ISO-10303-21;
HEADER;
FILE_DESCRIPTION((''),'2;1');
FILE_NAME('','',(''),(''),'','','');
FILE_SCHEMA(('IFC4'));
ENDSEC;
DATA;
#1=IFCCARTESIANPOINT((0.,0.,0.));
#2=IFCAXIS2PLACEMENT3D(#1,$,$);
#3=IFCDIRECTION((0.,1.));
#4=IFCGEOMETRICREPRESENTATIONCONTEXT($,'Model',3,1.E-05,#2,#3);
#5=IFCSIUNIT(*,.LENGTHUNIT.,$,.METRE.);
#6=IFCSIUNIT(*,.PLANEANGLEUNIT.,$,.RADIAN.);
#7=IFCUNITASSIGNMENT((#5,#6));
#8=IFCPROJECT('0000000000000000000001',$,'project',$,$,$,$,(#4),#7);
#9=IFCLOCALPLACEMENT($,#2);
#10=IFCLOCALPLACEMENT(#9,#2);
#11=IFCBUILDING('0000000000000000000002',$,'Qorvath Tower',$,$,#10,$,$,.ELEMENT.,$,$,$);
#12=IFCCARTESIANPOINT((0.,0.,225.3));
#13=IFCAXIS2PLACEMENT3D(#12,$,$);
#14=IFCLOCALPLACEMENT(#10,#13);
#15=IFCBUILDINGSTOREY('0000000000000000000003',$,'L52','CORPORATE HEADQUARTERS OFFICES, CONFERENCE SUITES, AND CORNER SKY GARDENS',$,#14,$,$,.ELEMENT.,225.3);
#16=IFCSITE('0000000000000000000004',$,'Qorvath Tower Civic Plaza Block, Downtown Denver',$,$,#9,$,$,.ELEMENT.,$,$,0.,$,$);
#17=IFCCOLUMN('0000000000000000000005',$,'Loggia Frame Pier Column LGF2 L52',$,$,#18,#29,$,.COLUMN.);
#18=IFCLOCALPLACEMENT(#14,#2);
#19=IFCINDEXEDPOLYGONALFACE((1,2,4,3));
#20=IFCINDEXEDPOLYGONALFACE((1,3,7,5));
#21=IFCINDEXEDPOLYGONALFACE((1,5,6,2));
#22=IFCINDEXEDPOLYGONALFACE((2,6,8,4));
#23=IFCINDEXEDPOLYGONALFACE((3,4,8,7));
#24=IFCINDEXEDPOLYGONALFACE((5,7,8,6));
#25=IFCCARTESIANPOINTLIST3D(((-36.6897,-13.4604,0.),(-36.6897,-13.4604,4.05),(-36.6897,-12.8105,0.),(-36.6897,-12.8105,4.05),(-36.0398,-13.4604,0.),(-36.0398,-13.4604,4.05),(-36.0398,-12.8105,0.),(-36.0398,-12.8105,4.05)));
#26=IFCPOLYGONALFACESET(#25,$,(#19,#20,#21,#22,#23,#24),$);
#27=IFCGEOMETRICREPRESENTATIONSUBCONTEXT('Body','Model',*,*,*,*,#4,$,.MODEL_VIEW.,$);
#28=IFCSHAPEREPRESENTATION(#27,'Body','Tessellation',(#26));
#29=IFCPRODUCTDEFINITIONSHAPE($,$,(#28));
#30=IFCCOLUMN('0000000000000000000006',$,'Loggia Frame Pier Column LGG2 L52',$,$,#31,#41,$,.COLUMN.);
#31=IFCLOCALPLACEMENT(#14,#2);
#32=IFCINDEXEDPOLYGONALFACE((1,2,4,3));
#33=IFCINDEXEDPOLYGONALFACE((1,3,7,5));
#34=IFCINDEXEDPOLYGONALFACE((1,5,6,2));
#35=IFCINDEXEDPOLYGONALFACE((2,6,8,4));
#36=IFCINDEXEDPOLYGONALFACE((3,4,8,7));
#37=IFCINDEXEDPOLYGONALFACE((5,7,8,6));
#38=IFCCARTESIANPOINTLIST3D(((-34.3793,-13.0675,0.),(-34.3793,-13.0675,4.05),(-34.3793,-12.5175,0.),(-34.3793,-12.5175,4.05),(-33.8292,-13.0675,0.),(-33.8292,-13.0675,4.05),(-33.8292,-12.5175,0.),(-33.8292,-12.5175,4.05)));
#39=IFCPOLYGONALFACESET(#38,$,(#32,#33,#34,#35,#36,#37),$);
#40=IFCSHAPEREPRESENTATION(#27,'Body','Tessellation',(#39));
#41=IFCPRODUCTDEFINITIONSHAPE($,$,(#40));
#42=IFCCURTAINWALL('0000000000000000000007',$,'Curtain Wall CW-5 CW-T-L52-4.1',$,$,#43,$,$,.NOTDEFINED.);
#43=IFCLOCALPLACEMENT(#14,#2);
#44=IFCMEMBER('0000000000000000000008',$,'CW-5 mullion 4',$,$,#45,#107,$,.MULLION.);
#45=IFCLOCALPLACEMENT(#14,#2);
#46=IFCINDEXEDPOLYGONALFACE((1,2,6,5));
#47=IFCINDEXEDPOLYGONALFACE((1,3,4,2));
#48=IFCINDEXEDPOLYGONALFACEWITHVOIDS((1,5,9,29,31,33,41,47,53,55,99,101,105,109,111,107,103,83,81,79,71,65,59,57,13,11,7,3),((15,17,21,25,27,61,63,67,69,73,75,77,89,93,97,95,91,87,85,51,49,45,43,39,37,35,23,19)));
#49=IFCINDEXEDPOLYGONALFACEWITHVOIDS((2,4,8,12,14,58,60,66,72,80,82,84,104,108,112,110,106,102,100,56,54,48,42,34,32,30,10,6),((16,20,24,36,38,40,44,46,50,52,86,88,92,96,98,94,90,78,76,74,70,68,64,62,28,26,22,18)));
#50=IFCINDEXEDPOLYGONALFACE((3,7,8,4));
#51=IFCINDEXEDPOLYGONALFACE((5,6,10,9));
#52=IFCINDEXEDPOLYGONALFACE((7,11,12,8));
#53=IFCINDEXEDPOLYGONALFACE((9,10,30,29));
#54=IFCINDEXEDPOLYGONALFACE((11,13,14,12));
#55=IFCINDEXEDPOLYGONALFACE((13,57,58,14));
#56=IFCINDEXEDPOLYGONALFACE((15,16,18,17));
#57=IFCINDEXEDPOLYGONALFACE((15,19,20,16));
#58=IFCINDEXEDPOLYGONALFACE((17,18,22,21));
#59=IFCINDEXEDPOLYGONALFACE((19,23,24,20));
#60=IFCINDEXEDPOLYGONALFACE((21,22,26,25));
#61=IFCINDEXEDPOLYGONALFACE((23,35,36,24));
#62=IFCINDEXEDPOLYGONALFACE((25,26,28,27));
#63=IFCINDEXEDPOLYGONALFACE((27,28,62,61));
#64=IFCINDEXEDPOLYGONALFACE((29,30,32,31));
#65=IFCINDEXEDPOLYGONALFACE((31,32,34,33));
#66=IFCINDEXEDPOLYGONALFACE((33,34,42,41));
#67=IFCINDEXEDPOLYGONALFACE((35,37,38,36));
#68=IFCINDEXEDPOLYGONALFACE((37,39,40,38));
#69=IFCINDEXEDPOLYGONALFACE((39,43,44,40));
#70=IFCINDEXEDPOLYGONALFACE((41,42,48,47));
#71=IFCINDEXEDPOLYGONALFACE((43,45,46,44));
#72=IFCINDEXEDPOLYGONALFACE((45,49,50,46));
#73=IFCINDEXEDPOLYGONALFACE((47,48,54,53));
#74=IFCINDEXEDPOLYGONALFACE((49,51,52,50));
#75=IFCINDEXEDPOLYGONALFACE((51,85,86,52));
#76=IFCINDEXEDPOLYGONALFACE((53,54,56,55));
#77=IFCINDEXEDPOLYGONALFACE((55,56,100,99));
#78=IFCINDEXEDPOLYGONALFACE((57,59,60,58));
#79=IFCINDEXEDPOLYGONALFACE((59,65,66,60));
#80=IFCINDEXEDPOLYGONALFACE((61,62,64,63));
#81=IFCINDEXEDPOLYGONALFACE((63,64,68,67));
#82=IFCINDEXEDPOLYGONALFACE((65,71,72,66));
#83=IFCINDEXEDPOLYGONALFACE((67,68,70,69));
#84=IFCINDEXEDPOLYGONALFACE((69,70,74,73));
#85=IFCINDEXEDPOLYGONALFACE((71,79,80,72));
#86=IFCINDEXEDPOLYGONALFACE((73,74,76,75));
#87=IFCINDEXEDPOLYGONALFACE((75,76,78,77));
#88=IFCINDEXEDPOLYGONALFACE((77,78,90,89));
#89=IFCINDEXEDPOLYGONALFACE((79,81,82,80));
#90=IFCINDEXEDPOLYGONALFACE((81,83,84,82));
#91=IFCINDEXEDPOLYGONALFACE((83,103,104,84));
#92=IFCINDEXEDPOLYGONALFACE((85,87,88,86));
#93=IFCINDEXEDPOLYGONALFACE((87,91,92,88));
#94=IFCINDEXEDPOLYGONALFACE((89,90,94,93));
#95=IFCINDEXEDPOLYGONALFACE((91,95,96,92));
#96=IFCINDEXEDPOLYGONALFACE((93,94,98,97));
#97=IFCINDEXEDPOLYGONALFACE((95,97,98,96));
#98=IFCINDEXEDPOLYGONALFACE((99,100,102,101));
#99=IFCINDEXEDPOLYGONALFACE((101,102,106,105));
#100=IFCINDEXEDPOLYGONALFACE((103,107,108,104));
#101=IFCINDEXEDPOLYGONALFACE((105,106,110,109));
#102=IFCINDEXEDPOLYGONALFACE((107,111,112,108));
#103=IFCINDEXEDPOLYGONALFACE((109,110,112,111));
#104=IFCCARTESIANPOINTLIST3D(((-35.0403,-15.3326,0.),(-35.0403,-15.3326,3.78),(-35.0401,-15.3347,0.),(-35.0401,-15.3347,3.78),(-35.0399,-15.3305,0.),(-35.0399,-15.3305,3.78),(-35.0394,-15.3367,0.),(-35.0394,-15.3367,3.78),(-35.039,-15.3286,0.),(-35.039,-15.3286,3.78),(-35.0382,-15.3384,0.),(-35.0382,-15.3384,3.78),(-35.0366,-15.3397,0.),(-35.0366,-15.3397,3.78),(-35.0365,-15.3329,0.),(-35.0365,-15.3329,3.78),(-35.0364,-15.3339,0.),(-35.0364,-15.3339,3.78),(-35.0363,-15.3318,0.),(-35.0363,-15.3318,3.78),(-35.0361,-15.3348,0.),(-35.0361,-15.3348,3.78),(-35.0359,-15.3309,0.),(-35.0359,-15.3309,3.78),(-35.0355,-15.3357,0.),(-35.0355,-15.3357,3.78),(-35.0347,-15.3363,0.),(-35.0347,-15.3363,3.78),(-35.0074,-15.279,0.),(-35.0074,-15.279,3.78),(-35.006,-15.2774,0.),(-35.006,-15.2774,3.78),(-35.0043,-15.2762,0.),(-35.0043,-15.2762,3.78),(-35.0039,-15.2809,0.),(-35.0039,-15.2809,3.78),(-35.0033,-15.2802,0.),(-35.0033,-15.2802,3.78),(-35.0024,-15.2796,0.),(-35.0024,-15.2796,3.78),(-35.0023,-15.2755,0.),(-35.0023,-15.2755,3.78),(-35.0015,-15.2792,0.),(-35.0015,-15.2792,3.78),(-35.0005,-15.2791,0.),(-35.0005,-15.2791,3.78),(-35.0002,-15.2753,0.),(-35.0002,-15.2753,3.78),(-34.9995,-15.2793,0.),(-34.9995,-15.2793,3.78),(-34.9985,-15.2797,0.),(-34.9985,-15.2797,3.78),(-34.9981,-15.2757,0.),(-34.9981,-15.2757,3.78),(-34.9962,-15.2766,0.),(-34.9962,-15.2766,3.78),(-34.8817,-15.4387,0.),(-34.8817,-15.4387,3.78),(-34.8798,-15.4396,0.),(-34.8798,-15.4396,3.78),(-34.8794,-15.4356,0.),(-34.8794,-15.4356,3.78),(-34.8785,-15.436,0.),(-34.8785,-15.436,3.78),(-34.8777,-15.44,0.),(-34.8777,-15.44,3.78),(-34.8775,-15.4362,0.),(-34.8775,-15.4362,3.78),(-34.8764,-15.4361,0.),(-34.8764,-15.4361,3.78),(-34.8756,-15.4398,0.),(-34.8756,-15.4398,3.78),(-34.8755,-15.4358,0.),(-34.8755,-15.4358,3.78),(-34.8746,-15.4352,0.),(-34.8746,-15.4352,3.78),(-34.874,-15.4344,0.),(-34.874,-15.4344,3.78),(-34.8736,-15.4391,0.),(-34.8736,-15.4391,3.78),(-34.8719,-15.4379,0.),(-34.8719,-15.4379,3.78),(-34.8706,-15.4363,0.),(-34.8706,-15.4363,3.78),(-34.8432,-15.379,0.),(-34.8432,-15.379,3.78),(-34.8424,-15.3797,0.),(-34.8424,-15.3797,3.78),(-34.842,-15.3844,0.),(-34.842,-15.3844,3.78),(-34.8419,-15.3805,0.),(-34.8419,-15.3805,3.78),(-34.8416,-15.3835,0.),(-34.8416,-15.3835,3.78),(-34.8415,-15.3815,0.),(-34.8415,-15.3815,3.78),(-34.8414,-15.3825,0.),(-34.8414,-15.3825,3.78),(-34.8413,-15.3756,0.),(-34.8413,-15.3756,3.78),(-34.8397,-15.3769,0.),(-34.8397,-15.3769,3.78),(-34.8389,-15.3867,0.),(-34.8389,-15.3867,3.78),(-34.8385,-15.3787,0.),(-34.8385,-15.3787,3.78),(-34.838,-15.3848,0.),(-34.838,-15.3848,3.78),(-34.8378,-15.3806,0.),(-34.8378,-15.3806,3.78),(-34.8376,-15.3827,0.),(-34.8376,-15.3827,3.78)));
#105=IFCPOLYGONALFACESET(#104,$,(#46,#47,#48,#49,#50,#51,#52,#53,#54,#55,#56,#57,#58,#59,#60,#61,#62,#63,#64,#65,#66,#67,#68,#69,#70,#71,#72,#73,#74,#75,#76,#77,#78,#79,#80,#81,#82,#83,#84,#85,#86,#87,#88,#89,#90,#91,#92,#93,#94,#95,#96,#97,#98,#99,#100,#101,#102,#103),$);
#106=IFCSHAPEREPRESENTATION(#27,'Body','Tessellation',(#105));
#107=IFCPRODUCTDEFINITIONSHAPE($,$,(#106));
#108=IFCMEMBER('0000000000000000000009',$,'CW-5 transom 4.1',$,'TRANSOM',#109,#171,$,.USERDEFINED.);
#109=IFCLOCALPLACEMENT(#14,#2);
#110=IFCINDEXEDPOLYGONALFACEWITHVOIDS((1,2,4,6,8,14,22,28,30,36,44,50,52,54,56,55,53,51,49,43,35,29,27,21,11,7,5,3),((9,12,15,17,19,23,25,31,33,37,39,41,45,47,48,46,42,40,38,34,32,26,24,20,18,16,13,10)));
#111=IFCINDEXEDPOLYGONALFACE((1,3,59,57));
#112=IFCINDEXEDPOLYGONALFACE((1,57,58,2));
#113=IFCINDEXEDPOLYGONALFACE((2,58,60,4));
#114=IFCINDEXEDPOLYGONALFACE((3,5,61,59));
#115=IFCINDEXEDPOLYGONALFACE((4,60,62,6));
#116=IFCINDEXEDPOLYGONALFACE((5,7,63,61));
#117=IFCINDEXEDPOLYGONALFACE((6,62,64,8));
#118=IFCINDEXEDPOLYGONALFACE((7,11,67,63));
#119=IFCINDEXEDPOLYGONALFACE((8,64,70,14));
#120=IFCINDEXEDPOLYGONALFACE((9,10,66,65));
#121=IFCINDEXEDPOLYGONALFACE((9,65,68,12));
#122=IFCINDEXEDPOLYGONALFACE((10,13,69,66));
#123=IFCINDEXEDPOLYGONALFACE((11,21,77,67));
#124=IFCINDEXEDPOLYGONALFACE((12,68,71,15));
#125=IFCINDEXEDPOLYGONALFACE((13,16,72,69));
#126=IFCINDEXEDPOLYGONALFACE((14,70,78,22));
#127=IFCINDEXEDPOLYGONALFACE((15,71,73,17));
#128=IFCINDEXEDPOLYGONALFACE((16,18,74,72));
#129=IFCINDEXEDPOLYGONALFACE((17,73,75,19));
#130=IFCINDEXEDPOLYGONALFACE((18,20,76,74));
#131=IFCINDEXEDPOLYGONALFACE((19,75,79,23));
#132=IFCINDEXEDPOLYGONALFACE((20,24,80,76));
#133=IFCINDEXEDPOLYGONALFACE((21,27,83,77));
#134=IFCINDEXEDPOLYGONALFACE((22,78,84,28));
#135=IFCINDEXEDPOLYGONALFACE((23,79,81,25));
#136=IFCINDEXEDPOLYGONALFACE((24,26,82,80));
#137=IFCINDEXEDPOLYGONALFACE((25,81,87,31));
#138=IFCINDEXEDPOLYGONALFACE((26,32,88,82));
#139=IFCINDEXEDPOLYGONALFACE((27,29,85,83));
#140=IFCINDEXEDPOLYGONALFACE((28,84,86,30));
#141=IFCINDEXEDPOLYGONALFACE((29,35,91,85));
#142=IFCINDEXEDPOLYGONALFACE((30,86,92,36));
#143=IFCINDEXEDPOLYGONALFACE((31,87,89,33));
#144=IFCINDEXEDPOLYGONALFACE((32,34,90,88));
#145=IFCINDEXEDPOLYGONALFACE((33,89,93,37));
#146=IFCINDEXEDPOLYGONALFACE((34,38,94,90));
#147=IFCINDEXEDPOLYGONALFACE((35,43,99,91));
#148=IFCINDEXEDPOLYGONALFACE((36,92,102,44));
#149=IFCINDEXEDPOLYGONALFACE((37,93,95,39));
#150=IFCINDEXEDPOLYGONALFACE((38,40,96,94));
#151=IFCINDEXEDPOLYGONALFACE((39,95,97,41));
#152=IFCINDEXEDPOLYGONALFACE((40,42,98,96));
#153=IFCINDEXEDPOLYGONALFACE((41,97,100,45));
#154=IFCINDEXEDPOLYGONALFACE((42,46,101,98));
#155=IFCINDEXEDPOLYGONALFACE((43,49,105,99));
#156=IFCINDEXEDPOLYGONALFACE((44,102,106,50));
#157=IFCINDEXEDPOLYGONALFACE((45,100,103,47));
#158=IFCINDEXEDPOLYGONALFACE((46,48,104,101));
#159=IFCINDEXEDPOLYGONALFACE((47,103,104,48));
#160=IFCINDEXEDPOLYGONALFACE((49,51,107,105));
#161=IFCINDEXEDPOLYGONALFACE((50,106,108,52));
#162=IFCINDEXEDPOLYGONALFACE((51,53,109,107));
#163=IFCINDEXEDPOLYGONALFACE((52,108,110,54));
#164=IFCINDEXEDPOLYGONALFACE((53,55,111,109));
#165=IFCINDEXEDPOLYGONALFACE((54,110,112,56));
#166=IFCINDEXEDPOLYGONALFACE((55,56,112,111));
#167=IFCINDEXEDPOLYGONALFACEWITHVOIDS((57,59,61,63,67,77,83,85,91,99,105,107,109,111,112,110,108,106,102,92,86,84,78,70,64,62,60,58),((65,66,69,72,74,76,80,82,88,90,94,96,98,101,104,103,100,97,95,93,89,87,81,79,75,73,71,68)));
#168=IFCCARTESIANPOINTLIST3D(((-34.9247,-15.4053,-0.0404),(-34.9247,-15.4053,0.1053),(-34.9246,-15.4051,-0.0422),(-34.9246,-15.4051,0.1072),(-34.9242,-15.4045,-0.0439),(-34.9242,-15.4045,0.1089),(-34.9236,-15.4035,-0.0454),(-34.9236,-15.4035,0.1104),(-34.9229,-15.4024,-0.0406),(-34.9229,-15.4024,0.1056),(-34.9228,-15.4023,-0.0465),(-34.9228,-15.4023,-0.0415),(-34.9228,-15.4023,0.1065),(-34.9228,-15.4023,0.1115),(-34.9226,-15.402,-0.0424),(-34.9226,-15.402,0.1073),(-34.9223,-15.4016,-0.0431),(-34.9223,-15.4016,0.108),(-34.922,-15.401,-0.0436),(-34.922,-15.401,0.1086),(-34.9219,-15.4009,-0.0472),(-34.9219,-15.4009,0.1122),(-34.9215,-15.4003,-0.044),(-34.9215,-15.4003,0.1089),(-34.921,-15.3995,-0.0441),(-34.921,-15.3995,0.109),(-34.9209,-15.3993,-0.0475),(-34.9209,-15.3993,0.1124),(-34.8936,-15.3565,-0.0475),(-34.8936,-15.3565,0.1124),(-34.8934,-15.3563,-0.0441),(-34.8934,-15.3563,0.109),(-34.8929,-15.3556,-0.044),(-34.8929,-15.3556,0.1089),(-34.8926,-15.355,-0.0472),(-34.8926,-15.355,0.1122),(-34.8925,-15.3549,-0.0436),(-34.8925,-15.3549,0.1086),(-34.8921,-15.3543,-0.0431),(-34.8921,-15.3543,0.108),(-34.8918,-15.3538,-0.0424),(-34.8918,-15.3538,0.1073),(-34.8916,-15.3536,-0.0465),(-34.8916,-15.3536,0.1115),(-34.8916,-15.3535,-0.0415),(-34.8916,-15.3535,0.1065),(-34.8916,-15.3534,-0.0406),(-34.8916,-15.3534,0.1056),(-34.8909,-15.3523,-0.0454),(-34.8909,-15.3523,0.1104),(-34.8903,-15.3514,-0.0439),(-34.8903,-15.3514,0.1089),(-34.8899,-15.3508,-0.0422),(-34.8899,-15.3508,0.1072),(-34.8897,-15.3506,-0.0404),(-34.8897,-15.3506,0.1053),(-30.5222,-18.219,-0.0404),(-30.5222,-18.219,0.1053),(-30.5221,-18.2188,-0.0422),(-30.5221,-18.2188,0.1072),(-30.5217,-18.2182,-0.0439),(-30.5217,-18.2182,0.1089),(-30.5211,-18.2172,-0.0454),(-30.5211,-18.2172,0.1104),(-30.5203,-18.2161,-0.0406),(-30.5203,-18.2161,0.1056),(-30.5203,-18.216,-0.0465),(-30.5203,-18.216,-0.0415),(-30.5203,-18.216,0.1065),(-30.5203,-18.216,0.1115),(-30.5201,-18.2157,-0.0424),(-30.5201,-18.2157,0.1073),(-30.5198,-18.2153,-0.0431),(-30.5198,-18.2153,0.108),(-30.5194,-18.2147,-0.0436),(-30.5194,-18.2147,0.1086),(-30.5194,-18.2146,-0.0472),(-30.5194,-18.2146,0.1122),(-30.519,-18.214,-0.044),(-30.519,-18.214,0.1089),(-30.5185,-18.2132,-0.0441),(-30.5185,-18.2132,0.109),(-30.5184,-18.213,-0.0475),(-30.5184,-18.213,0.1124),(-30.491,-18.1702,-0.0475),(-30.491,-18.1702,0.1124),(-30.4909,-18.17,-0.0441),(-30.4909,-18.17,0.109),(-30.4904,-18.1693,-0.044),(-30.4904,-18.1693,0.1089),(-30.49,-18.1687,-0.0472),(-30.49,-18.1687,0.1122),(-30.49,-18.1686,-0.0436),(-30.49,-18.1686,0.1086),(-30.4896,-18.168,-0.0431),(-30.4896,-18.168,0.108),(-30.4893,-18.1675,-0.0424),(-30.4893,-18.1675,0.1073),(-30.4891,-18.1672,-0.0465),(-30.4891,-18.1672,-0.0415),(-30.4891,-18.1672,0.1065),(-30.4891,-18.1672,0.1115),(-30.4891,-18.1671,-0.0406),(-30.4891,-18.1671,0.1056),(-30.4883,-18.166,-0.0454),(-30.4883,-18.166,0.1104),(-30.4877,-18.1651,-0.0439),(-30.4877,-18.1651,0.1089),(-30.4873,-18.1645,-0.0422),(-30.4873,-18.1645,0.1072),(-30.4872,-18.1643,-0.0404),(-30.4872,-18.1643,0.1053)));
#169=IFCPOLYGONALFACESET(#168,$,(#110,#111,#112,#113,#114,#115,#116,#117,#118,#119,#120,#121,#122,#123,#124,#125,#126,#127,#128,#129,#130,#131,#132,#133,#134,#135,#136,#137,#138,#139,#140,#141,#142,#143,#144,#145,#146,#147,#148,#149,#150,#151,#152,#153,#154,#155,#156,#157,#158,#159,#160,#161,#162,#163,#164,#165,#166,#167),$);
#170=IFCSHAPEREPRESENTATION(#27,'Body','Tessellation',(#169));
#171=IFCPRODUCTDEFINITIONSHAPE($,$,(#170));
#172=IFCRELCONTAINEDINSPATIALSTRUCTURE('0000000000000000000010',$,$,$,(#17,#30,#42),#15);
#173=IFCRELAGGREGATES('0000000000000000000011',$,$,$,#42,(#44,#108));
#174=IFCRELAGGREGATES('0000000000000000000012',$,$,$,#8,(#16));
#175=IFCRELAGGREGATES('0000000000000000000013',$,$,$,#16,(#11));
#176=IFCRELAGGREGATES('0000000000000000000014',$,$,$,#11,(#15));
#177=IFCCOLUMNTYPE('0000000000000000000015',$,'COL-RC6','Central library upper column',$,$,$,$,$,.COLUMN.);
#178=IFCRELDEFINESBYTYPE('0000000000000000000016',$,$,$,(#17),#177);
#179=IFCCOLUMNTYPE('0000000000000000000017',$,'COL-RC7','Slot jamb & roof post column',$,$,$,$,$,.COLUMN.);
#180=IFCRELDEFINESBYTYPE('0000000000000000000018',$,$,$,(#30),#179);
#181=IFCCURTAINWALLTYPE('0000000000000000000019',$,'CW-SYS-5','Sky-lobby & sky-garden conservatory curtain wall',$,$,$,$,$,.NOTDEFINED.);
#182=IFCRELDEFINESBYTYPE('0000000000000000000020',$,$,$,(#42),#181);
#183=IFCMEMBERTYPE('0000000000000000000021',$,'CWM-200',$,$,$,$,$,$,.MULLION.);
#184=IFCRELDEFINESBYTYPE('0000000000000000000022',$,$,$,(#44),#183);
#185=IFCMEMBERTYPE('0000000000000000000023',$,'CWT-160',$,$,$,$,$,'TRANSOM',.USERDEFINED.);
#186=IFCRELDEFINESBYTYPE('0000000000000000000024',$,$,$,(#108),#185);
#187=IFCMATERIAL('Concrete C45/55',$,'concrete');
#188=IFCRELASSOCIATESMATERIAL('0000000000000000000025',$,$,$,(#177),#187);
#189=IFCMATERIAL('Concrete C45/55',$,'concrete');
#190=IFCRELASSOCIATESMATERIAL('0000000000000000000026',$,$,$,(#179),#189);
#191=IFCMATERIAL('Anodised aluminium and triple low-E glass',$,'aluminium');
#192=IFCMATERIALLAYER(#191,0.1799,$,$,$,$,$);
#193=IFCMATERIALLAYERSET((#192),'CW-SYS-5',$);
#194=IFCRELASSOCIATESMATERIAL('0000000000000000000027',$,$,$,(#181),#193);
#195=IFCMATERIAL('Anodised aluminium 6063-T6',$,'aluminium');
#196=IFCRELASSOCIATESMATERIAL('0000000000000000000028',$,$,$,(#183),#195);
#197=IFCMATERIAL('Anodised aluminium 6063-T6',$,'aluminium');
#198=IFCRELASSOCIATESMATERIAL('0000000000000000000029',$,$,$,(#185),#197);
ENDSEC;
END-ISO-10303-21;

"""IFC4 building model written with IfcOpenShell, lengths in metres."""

from ifc_helpers import new_model, si_unit, direction, frame, origin, origin_2d, place, context, subcontext, project, spatial, rectangle, hollow_rectangle, extrude, material, layer, layer_set, material_profile, profile_set, type_object, element, aggregate, save


model = new_model("IFC4")

# Units and contexts
model_context = context("Model", 3, precision=1e-05, world=origin(), true_north=direction((0.0, 1.0)))
body_context = subcontext(model_context, "Body", "Model", "MODEL_VIEW")
ifc_project = project(units=[si_unit("LENGTHUNIT", "METRE"), si_unit("PLANEANGLEUNIT", "RADIAN")], contexts=[model_context])

# Site, building, storey
site_placement = place(None, origin())
site = spatial("IfcSite", under=ifc_project, at=site_placement, Name="Qorvath Tower Civic Plaza Block, Downtown Denver", CompositionType="ELEMENT", RefElevation=0.0)
building_placement = place(site_placement, origin())
building = spatial("IfcBuilding", under=site, at=building_placement, Name="Qorvath Tower", CompositionType="ELEMENT")
storey_placement = place(building_placement, frame((0.0, 0.0, 225.3)))
storey = spatial("IfcBuildingStorey", under=building, at=storey_placement, Name="L52", Description="CORPORATE HEADQUARTERS OFFICES, CONFERENCE SUITES, AND CORNER SKY GARDENS", CompositionType="ELEMENT", Elevation=225.3)

# Columns
ifc_material_1 = material(Name="Concrete C45/55", Category="concrete")
ifc_material_profile_1 = material_profile(ifc_material_1, rectangle(XDim=0.6499, YDim=0.6499, at=origin_2d()), Name="RC 650x650")
ifc_profile_set_1 = profile_set([ifc_material_profile_1], Name="Concrete C45/55")
column_type_1 = type_object("IfcColumnType", Name="COL-RC6", Description="Central library upper column", PredefinedType="COLUMN", material=ifc_profile_set_1)
column_1_placement = place(storey_placement, frame((-36.3647, -13.1355, 0.0), z_axis=(0.0, 0.0, 1.0), x_axis=(1.0, 0.0, 0.0)))
element("IfcColumn", 1, at=column_1_placement, inside=storey, type_object=column_type_1, Name="Loggia Frame Pier Column LGF2 L52", PredefinedType="COLUMN", context=body_context, shape_type="SweptSolid", body=[
    extrude(rectangle(XDim=0.6499, YDim=0.6499, at=origin_2d()), origin(), (0.0, 0.0, 1.0), 4.05),
])
ifc_material_2 = material(Name="Concrete C45/55", Category="concrete")
ifc_material_profile_2 = material_profile(ifc_material_2, rectangle(XDim=0.55, YDim=0.55, at=origin_2d()), Name="RC 550x550")
ifc_profile_set_2 = profile_set([ifc_material_profile_2], Name="Concrete C45/55")
column_type_2 = type_object("IfcColumnType", Name="COL-RC7", Description="Slot jamb & roof post column", PredefinedType="COLUMN", material=ifc_profile_set_2)
column_2_placement = place(storey_placement, frame((-34.1042, -12.7925, 0.0), z_axis=(0.0, 0.0, 1.0), x_axis=(1.0, 0.0, 0.0)))
element("IfcColumn", 2, at=column_2_placement, inside=storey, type_object=column_type_2, Name="Loggia Frame Pier Column LGG2 L52", PredefinedType="COLUMN", context=body_context, shape_type="SweptSolid", body=[
    extrude(rectangle(XDim=0.55, YDim=0.55, at=origin_2d()), origin(), (0.0, 0.0, 1.0), 4.05),
])

# Curtain wall, members
ifc_material_3 = material(Name="Anodised aluminium and triple low-E glass", Category="aluminium")
ifc_layer_1 = layer(ifc_material_3, 0.1799)
ifc_layer_set_1 = layer_set([ifc_layer_1], Name="CW-SYS-5")
curtain_wall_type = type_object("IfcCurtainWallType", Name="CW-SYS-5", Description="Sky-lobby & sky-garden conservatory curtain wall", PredefinedType="NOTDEFINED", material=ifc_layer_set_1)
curtain_wall_placement = place(storey_placement, origin())
curtain_wall = element("IfcCurtainWall", 3, at=curtain_wall_placement, inside=storey, type_object=curtain_wall_type, Name="Curtain Wall CW-5 CW-T-L52-4.1", PredefinedType="NOTDEFINED")
ifc_material_4 = material(Name="Anodised aluminium 6063-T6", Category="aluminium")
ifc_material_profile_3 = material_profile(ifc_material_4, hollow_rectangle(XDim=0.075, YDim=0.2, WallThickness=0.0039, InnerFilletRadius=0.0039, OuterFilletRadius=0.0081, at=origin_2d()), Name="CWM 200x75")
ifc_profile_set_3 = profile_set([ifc_material_profile_3], Name="Anodised aluminium 6063-T6")
member_type_1 = type_object("IfcMemberType", Name="CWM-200", PredefinedType="MULLION", material=ifc_profile_set_3)
member_1_placement = place(storey_placement, frame((-34.939, -15.3577, 0.0), z_axis=(0.0, 0.0, 1.0), x_axis=(0.538529, 0.842607, 0.0)))
member_1 = element("IfcMember", 4, at=member_1_placement, type_object=member_type_1, Name="CW-5 mullion 4", PredefinedType="MULLION", context=body_context, shape_type="SweptSolid", body=[
    extrude(hollow_rectangle(XDim=0.075, YDim=0.2, WallThickness=0.0039, InnerFilletRadius=0.0039, OuterFilletRadius=0.0081, at=origin_2d()), origin(), (0.0, 0.0, 1.0), 3.78),
])
ifc_material_5 = material(Name="Anodised aluminium 6063-T6", Category="aluminium")
ifc_material_profile_4 = material_profile(ifc_material_5, hollow_rectangle(XDim=0.0649, YDim=0.1599, WallThickness=0.0034, InnerFilletRadius=0.0034, OuterFilletRadius=0.0071, at=origin_2d()), Name="CWT 160x65")
ifc_profile_set_4 = profile_set([ifc_material_profile_4], Name="Anodised aluminium 6063-T6")
member_type_2 = type_object("IfcMemberType", Name="CWT-160", ElementType="TRANSOM", PredefinedType="USERDEFINED", material=ifc_profile_set_4)
member_2_placement = place(storey_placement, frame((-34.9072, -15.3779, 0.0325), z_axis=(0.842613, -0.538519, 0.0), x_axis=(0.538519, 0.842613, 0.0)))
member_2 = element("IfcMember", 5, at=member_2_placement, type_object=member_type_2, Name="CW-5 transom 4.1", ObjectType="TRANSOM", PredefinedType="USERDEFINED", context=body_context, shape_type="SweptSolid", body=[
    extrude(hollow_rectangle(XDim=0.0649, YDim=0.1599, WallThickness=0.0034, InnerFilletRadius=0.0034, OuterFilletRadius=0.0071, at=origin_2d()), origin(), (0.0, 0.0, 1.0), 5.2249),
])
aggregate(curtain_wall, [member_1, member_2])

save(model, "model.ifc")
